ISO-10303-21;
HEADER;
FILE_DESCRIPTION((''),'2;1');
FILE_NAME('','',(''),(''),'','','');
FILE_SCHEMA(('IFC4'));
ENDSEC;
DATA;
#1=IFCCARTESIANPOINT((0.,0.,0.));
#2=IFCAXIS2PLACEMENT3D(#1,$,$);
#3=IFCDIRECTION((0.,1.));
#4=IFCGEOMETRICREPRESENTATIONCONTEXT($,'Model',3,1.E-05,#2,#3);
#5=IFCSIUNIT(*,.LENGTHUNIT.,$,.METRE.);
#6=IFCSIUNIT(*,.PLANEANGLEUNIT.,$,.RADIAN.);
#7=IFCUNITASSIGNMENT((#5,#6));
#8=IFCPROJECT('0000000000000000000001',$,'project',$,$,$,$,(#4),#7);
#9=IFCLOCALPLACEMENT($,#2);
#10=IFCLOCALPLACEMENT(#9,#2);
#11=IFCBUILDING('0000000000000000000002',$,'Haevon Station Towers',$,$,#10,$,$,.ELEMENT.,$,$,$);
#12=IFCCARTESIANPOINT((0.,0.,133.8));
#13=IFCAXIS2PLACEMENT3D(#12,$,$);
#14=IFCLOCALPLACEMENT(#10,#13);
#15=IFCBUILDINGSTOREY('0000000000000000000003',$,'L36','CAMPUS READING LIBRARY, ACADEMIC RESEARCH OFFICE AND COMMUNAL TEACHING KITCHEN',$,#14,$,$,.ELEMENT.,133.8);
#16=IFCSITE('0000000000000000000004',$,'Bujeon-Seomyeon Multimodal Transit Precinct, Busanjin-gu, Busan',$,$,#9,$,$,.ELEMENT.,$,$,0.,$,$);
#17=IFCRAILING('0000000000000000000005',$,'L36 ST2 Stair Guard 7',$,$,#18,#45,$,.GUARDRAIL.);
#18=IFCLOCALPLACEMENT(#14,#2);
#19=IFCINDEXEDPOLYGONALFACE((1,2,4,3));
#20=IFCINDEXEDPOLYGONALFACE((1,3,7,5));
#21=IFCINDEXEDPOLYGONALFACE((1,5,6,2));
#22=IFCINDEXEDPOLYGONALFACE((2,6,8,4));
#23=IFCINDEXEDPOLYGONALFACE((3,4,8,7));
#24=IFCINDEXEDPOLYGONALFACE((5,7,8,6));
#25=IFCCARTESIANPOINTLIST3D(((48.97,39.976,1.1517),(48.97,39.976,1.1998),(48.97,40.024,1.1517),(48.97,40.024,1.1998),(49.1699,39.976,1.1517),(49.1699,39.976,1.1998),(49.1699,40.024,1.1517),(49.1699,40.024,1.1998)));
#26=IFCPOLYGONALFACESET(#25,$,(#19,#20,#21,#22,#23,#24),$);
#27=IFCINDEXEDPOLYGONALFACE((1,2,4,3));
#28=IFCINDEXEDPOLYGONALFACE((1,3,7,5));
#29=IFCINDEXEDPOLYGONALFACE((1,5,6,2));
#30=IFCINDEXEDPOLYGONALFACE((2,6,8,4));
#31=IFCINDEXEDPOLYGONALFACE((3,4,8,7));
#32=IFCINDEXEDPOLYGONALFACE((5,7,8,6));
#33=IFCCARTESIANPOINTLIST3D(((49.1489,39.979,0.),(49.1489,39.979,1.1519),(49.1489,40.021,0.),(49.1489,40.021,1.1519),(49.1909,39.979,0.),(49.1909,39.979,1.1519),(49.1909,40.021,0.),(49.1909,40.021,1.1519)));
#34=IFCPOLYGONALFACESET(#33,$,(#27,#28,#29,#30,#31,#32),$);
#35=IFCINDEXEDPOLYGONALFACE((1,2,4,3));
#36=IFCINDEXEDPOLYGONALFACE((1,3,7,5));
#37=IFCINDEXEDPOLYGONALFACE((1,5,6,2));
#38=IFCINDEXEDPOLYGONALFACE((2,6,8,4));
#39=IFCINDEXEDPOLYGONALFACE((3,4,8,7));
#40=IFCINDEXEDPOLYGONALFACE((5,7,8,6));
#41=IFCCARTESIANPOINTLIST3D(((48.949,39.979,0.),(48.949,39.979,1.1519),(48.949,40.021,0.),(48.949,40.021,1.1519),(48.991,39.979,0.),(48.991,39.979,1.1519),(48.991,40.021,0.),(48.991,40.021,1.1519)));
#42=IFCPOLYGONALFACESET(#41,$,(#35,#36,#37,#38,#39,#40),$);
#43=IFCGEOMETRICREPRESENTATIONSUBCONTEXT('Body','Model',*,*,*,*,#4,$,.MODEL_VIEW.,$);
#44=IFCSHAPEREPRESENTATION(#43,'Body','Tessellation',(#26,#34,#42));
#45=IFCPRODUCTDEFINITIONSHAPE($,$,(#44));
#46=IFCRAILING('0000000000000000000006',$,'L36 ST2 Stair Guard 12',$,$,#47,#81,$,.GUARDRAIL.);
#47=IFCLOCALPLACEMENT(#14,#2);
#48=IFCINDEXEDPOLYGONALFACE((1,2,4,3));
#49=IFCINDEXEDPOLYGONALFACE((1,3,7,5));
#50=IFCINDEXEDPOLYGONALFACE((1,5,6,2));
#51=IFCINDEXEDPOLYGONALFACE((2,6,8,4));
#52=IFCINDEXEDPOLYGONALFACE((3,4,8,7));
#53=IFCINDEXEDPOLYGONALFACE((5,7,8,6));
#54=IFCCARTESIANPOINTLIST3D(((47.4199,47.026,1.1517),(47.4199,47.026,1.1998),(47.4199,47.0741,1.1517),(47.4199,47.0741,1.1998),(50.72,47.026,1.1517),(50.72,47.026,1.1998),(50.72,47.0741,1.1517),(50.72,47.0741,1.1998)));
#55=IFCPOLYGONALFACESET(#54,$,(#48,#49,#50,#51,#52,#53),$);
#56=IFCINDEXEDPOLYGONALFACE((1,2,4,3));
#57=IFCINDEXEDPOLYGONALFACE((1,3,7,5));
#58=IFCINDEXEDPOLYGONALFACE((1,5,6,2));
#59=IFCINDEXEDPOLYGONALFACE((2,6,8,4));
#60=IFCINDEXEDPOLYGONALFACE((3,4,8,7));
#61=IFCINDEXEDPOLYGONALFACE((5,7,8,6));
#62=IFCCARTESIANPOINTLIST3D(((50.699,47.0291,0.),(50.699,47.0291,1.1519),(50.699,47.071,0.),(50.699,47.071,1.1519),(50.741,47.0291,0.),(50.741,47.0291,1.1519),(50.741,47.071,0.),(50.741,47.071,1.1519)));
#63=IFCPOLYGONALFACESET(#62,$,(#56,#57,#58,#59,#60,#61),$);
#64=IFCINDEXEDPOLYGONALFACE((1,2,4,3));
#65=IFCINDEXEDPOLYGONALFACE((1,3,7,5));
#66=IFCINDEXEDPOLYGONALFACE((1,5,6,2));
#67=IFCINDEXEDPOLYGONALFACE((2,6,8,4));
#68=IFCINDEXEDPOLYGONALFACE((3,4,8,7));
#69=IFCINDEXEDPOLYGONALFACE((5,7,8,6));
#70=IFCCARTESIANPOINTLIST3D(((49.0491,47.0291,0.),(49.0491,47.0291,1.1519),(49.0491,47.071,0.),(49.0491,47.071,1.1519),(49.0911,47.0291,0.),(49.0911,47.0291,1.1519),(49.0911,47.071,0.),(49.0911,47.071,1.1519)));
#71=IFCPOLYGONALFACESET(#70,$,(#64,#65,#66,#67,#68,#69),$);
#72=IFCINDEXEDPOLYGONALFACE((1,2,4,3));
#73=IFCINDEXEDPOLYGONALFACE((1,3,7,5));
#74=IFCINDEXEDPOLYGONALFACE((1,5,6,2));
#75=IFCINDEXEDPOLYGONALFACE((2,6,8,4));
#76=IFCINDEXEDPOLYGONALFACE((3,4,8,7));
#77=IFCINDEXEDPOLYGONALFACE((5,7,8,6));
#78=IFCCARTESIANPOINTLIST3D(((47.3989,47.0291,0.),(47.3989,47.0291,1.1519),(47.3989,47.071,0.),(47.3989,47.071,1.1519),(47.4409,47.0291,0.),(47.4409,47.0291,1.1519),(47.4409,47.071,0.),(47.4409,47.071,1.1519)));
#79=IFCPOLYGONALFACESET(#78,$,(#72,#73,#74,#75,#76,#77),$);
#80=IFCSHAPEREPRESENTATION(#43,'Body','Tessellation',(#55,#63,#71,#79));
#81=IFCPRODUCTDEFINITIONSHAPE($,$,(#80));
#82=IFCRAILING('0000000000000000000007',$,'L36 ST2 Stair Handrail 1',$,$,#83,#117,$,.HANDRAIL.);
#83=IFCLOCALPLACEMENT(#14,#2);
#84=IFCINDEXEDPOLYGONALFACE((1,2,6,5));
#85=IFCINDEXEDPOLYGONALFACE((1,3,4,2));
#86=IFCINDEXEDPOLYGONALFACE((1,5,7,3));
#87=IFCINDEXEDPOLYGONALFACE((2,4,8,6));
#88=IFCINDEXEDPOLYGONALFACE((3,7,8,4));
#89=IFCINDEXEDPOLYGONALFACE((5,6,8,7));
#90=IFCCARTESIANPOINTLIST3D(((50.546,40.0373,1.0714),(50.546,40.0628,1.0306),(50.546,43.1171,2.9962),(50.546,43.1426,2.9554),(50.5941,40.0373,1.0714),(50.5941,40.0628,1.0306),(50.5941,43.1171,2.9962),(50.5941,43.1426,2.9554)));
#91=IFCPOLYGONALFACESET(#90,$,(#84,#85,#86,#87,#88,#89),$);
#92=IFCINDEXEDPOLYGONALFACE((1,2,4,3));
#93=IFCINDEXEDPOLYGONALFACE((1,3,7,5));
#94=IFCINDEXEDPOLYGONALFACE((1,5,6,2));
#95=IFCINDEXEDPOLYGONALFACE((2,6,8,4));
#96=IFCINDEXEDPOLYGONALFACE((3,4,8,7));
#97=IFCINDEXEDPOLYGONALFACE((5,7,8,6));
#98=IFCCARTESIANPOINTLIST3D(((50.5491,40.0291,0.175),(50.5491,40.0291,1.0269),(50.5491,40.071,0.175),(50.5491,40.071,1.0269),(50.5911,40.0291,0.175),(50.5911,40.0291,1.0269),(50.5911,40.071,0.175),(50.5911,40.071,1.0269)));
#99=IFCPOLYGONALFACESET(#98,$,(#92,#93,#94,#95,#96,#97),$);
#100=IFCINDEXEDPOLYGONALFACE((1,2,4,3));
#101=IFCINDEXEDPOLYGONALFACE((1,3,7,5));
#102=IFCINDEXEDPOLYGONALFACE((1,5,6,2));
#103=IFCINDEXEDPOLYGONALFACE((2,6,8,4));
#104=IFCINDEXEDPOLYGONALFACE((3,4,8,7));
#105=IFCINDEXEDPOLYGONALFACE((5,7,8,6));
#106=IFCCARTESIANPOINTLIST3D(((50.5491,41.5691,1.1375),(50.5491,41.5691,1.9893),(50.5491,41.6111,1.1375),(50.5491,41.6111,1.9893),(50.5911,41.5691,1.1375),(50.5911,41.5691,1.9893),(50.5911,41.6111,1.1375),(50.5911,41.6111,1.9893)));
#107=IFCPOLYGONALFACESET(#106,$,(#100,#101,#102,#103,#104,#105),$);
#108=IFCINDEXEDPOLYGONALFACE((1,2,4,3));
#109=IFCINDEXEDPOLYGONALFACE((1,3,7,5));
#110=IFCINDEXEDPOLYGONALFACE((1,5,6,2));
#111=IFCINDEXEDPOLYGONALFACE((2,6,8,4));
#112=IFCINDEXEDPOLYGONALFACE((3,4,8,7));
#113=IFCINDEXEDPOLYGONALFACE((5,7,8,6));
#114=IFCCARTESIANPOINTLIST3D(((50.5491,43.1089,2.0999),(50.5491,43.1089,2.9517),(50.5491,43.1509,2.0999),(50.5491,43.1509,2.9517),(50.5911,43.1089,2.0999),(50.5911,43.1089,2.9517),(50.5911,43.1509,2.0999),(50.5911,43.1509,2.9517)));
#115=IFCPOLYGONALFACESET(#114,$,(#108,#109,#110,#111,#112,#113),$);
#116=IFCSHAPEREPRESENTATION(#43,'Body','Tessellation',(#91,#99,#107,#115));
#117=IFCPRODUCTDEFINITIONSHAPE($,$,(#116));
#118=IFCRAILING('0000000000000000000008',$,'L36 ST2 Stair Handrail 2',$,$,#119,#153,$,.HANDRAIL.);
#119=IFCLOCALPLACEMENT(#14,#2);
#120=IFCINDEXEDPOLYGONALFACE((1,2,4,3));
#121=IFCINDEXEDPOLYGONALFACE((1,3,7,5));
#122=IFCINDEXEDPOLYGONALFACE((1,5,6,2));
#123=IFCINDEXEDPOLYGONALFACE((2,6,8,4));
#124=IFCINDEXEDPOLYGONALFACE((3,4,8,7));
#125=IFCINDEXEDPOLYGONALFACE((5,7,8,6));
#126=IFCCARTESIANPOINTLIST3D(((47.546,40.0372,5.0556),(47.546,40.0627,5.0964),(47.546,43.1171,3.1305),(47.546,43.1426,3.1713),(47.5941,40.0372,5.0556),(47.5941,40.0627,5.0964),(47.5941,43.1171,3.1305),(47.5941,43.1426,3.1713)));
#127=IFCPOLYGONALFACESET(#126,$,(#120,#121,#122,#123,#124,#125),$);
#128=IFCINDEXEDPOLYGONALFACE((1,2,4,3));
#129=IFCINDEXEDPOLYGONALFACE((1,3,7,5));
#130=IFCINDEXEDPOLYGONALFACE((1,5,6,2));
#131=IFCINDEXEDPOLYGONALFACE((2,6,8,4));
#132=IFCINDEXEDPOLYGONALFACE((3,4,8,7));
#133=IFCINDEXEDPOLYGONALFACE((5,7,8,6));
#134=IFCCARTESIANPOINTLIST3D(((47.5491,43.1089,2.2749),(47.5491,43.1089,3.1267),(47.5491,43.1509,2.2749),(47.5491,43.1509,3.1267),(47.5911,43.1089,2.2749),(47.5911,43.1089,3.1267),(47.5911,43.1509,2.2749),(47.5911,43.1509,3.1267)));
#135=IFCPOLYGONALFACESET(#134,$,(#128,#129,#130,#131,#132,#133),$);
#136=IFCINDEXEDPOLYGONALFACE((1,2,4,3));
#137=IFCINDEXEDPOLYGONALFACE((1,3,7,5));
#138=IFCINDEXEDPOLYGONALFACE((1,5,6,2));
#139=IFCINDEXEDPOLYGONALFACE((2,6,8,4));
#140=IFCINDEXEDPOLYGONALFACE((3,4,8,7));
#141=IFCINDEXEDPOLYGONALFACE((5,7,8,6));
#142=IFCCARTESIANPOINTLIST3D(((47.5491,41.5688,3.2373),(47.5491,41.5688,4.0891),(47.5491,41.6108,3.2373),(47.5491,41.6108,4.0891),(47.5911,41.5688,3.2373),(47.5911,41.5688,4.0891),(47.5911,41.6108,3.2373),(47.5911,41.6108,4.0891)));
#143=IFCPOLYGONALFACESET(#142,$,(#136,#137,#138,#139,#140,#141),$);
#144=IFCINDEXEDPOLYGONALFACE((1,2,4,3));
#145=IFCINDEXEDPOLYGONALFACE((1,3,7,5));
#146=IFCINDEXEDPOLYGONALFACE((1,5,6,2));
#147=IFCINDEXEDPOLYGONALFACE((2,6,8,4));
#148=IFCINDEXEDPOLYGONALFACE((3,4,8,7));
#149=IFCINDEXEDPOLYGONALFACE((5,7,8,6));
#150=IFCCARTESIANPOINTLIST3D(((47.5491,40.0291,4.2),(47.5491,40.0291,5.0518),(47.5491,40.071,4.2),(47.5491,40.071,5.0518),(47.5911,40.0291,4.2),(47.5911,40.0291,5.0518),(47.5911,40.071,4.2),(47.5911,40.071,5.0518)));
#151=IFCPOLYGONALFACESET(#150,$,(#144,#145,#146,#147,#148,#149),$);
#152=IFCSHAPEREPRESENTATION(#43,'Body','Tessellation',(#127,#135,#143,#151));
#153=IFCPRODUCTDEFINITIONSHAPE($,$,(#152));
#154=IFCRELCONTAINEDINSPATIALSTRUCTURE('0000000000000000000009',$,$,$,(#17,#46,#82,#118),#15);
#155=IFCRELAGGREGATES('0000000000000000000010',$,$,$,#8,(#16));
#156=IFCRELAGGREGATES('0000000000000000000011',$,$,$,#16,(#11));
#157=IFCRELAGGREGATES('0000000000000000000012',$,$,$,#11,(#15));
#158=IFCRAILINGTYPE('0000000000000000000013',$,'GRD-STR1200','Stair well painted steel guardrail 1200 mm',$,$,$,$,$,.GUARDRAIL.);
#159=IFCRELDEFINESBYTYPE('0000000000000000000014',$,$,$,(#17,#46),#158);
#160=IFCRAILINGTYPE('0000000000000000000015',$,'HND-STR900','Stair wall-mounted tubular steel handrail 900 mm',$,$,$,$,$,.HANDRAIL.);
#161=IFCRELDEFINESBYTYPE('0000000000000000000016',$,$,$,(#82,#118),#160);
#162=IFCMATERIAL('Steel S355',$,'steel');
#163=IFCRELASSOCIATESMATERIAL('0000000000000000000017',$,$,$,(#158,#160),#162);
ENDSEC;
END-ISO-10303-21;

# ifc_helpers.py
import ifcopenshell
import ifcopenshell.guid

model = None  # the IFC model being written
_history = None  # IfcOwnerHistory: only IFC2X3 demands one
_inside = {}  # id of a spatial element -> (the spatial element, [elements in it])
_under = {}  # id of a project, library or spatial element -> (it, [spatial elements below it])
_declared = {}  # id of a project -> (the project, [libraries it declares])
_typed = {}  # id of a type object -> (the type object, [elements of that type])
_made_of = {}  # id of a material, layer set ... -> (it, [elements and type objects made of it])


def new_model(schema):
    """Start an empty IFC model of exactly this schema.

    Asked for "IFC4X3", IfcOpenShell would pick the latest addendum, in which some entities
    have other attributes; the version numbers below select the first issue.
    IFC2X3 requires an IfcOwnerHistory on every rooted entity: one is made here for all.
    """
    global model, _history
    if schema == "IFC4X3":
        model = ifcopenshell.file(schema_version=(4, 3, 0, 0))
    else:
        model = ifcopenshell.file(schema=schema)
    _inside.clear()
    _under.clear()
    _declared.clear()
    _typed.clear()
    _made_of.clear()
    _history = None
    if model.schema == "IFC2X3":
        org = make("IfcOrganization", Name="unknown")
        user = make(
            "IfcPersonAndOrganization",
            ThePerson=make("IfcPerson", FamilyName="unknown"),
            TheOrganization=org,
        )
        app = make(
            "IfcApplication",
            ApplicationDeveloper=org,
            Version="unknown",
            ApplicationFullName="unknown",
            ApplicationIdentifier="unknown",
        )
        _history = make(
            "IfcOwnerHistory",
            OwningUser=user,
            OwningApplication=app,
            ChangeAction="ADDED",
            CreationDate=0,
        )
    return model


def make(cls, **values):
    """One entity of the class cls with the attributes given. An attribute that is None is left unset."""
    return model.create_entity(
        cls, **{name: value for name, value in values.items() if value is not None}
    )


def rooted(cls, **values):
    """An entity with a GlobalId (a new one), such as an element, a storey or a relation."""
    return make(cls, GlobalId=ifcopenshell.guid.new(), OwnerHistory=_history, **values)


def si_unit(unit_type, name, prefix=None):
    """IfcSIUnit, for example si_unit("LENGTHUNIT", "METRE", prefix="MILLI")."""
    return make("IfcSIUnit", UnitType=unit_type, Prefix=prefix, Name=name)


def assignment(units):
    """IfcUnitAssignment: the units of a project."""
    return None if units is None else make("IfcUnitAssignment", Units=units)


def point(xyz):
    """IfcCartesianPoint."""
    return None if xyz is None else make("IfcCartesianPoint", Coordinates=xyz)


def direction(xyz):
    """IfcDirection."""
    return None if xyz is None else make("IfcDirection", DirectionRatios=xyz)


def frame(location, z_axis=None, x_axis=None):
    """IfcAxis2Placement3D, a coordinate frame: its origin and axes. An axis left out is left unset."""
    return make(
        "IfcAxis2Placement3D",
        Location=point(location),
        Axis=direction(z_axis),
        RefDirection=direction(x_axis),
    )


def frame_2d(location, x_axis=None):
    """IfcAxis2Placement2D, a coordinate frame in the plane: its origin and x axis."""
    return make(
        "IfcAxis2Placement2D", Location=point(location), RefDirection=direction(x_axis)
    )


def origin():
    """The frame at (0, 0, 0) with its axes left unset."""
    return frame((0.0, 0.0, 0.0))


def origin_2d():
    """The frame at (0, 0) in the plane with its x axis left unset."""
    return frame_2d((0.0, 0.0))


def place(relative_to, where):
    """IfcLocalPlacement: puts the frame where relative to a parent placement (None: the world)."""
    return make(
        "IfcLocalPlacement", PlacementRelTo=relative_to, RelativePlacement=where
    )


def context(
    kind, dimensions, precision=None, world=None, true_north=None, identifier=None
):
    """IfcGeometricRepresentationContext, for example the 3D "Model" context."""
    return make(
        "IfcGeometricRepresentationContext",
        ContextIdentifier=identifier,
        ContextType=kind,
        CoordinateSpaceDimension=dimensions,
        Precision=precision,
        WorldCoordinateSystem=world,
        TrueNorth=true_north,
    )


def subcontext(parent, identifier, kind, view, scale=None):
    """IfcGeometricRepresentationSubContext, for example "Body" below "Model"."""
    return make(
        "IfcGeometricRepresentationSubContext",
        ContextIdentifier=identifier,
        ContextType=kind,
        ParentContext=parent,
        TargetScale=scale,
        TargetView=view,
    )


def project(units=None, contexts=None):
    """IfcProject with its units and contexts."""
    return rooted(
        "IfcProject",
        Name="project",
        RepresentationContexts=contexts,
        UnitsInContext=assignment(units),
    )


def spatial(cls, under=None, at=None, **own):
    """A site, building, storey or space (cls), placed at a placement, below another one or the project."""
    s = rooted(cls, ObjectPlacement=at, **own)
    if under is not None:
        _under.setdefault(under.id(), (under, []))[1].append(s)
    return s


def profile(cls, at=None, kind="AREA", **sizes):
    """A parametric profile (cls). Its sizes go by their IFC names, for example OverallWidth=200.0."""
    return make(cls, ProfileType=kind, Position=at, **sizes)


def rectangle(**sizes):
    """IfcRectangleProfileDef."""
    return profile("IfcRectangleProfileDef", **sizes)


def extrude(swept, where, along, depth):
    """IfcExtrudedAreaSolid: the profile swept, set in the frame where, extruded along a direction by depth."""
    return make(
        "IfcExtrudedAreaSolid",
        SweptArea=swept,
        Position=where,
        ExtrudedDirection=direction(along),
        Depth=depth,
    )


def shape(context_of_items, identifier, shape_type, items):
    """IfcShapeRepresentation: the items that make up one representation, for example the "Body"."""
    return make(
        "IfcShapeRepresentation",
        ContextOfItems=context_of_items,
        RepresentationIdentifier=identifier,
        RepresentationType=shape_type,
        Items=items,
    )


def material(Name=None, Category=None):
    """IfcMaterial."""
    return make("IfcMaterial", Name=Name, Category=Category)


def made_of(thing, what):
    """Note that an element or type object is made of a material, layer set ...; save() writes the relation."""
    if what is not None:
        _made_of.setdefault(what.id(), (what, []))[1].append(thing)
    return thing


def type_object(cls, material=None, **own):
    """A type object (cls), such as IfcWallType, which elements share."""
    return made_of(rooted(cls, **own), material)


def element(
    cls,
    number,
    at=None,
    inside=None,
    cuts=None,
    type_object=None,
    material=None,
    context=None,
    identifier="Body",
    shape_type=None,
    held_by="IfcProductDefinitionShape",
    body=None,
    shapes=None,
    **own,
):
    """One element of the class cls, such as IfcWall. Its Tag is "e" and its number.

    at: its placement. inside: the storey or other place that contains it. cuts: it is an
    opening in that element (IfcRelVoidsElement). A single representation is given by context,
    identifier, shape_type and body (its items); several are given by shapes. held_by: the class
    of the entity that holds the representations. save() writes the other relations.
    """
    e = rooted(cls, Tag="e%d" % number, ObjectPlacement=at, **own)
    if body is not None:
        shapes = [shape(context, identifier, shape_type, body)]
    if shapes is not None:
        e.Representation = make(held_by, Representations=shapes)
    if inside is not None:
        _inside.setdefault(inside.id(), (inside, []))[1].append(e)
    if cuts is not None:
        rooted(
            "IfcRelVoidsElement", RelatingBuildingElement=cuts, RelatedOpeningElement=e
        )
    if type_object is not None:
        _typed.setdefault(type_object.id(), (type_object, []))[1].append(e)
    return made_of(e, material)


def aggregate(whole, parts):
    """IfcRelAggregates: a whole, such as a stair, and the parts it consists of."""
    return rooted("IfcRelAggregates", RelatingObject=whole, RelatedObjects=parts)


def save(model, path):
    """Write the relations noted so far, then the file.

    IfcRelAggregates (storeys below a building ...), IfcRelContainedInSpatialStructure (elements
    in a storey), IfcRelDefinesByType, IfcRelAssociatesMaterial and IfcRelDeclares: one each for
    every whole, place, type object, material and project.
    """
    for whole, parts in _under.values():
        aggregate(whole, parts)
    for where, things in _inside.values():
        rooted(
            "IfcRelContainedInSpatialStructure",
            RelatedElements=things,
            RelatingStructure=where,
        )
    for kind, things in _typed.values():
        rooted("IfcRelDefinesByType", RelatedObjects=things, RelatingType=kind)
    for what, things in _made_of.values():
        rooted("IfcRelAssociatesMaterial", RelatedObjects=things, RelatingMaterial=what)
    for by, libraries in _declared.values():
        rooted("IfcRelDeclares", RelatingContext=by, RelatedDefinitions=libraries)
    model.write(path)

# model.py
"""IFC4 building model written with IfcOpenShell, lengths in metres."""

from ifc_helpers import new_model, si_unit, direction, frame, origin, origin_2d, place, context, subcontext, project, spatial, rectangle, extrude, material, type_object, element, save


model = new_model("IFC4")

# Units and contexts
model_context = context("Model", 3, precision=1e-05, world=origin(), true_north=direction((0.0, 1.0)))
body_context = subcontext(model_context, "Body", "Model", "MODEL_VIEW")
ifc_project = project(units=[si_unit("LENGTHUNIT", "METRE"), si_unit("PLANEANGLEUNIT", "RADIAN")], contexts=[model_context])

# Site, building, storey
site_placement = place(None, origin())
site = spatial("IfcSite", under=ifc_project, at=site_placement, Name="Bujeon-Seomyeon Multimodal Transit Precinct, Busanjin-gu, Busan", CompositionType="ELEMENT", RefElevation=0.0)
building_placement = place(site_placement, origin())
building = spatial("IfcBuilding", under=site, at=building_placement, Name="Haevon Station Towers", CompositionType="ELEMENT")
storey_placement = place(building_placement, frame((0.0, 0.0, 133.8)))
storey = spatial("IfcBuildingStorey", under=building, at=storey_placement, Name="L36", Description="CAMPUS READING LIBRARY, ACADEMIC RESEARCH OFFICE AND COMMUNAL TEACHING KITCHEN", CompositionType="ELEMENT", Elevation=133.8)

# Shared definitions
ifc_material_1 = material(Name="Steel S355", Category="steel")

# Railings
railing_type_1 = type_object("IfcRailingType", Name="GRD-STR1200", Description="Stair well painted steel guardrail 1200 mm", PredefinedType="GUARDRAIL", material=ifc_material_1)
railing_1_placement = place(storey_placement, frame((49.1699, 40.0, 0.0)))
element("IfcRailing", 1, at=railing_1_placement, inside=storey, type_object=railing_type_1, Name="L36 ST2 Stair Guard 7", PredefinedType="GUARDRAIL", context=body_context, shape_type="SweptSolid", body=[
    extrude(rectangle(XDim=0.0481, YDim=0.0481, at=origin_2d()), frame((0.0, 0.0, 1.1758), z_axis=(-1.0, 0.0, 0.0), x_axis=(0.0, -1.0, 0.0)), (0.0, 0.0, 1.0), 0.2),
    extrude(rectangle(XDim=0.042, YDim=0.042, at=origin_2d()), origin(), (0.0, 0.0, 1.0), 1.1519),
    extrude(rectangle(XDim=0.042, YDim=0.042, at=origin_2d()), frame((-0.2, 0.0, 0.0)), (0.0, 0.0, 1.0), 1.1519),
])
railing_2_placement = place(storey_placement, frame((50.72, 47.05, 0.0)))
element("IfcRailing", 2, at=railing_2_placement, inside=storey, type_object=railing_type_1, Name="L36 ST2 Stair Guard 12", PredefinedType="GUARDRAIL", context=body_context, shape_type="SweptSolid", body=[
    extrude(rectangle(XDim=0.0481, YDim=0.0481, at=origin_2d()), frame((0.0, 0.0, 1.1758), z_axis=(-1.0, 0.0, 0.0), x_axis=(0.0, -1.0, 0.0)), (0.0, 0.0, 1.0), 3.3),
    extrude(rectangle(XDim=0.042, YDim=0.042, at=origin_2d()), origin(), (0.0, 0.0, 1.0), 1.1519),
    extrude(rectangle(XDim=0.042, YDim=0.042, at=origin_2d()), frame((-1.6499, 0.0, 0.0)), (0.0, 0.0, 1.0), 1.1519),
    extrude(rectangle(XDim=0.042, YDim=0.042, at=origin_2d()), frame((-3.3, 0.0, 0.0)), (0.0, 0.0, 1.0), 1.1519),
])
railing_type_2 = type_object("IfcRailingType", Name="HND-STR900", Description="Stair wall-mounted tubular steel handrail 900 mm", PredefinedType="HANDRAIL", material=ifc_material_1)
railing_3_placement = place(storey_placement, frame((50.5701, 40.05, 0.175)))
element("IfcRailing", 3, at=railing_3_placement, inside=storey, type_object=railing_type_2, Name="L36 ST2 Stair Handrail 1", PredefinedType="HANDRAIL", context=body_context, shape_type="SweptSolid", body=[
    extrude(rectangle(XDim=0.0481, YDim=0.0481, at=origin_2d()), frame((0.0, 0.0, 0.876), z_axis=(0.0, 0.84801, 0.529981), x_axis=(-1.0, 0.0, 0.0)), (0.0, 0.0, 1.0), 3.6318),
    extrude(rectangle(XDim=0.042, YDim=0.042, at=origin_2d()), origin(), (0.0, 0.0, 1.0), 0.8518),
    extrude(rectangle(XDim=0.042, YDim=0.042, at=origin_2d()), frame((0.0, 1.54, 0.9624)), (0.0, 0.0, 1.0), 0.8518),
    extrude(rectangle(XDim=0.042, YDim=0.042, at=origin_2d()), frame((0.0, 3.0798, 1.9248)), (0.0, 0.0, 1.0), 0.8518),
])
railing_4_placement = place(storey_placement, frame((47.5701, 43.1299, 2.2749)))
element("IfcRailing", 4, at=railing_4_placement, inside=storey, type_object=railing_type_2, Name="L36 ST2 Stair Handrail 2", PredefinedType="HANDRAIL", context=body_context, shape_type="SweptSolid", body=[
    extrude(rectangle(XDim=0.0481, YDim=0.0481, at=origin_2d()), frame((0.0, 0.0, 0.876), z_axis=(0.0, -0.847979, 0.530029), x_axis=(1.0, 0.0, 0.0)), (0.0, 0.0, 1.0), 3.6321),
    extrude(rectangle(XDim=0.042, YDim=0.042, at=origin_2d()), origin(), (0.0, 0.0, 1.0), 0.8518),
    extrude(rectangle(XDim=0.042, YDim=0.042, at=origin_2d()), frame((0.0, -1.54, 0.9624)), (0.0, 0.0, 1.0), 0.8518),
    extrude(rectangle(XDim=0.042, YDim=0.042, at=origin_2d()), frame((0.0, -3.0798, 1.925)), (0.0, 0.0, 1.0), 0.8518),
])

save(model, "model.ifc")
